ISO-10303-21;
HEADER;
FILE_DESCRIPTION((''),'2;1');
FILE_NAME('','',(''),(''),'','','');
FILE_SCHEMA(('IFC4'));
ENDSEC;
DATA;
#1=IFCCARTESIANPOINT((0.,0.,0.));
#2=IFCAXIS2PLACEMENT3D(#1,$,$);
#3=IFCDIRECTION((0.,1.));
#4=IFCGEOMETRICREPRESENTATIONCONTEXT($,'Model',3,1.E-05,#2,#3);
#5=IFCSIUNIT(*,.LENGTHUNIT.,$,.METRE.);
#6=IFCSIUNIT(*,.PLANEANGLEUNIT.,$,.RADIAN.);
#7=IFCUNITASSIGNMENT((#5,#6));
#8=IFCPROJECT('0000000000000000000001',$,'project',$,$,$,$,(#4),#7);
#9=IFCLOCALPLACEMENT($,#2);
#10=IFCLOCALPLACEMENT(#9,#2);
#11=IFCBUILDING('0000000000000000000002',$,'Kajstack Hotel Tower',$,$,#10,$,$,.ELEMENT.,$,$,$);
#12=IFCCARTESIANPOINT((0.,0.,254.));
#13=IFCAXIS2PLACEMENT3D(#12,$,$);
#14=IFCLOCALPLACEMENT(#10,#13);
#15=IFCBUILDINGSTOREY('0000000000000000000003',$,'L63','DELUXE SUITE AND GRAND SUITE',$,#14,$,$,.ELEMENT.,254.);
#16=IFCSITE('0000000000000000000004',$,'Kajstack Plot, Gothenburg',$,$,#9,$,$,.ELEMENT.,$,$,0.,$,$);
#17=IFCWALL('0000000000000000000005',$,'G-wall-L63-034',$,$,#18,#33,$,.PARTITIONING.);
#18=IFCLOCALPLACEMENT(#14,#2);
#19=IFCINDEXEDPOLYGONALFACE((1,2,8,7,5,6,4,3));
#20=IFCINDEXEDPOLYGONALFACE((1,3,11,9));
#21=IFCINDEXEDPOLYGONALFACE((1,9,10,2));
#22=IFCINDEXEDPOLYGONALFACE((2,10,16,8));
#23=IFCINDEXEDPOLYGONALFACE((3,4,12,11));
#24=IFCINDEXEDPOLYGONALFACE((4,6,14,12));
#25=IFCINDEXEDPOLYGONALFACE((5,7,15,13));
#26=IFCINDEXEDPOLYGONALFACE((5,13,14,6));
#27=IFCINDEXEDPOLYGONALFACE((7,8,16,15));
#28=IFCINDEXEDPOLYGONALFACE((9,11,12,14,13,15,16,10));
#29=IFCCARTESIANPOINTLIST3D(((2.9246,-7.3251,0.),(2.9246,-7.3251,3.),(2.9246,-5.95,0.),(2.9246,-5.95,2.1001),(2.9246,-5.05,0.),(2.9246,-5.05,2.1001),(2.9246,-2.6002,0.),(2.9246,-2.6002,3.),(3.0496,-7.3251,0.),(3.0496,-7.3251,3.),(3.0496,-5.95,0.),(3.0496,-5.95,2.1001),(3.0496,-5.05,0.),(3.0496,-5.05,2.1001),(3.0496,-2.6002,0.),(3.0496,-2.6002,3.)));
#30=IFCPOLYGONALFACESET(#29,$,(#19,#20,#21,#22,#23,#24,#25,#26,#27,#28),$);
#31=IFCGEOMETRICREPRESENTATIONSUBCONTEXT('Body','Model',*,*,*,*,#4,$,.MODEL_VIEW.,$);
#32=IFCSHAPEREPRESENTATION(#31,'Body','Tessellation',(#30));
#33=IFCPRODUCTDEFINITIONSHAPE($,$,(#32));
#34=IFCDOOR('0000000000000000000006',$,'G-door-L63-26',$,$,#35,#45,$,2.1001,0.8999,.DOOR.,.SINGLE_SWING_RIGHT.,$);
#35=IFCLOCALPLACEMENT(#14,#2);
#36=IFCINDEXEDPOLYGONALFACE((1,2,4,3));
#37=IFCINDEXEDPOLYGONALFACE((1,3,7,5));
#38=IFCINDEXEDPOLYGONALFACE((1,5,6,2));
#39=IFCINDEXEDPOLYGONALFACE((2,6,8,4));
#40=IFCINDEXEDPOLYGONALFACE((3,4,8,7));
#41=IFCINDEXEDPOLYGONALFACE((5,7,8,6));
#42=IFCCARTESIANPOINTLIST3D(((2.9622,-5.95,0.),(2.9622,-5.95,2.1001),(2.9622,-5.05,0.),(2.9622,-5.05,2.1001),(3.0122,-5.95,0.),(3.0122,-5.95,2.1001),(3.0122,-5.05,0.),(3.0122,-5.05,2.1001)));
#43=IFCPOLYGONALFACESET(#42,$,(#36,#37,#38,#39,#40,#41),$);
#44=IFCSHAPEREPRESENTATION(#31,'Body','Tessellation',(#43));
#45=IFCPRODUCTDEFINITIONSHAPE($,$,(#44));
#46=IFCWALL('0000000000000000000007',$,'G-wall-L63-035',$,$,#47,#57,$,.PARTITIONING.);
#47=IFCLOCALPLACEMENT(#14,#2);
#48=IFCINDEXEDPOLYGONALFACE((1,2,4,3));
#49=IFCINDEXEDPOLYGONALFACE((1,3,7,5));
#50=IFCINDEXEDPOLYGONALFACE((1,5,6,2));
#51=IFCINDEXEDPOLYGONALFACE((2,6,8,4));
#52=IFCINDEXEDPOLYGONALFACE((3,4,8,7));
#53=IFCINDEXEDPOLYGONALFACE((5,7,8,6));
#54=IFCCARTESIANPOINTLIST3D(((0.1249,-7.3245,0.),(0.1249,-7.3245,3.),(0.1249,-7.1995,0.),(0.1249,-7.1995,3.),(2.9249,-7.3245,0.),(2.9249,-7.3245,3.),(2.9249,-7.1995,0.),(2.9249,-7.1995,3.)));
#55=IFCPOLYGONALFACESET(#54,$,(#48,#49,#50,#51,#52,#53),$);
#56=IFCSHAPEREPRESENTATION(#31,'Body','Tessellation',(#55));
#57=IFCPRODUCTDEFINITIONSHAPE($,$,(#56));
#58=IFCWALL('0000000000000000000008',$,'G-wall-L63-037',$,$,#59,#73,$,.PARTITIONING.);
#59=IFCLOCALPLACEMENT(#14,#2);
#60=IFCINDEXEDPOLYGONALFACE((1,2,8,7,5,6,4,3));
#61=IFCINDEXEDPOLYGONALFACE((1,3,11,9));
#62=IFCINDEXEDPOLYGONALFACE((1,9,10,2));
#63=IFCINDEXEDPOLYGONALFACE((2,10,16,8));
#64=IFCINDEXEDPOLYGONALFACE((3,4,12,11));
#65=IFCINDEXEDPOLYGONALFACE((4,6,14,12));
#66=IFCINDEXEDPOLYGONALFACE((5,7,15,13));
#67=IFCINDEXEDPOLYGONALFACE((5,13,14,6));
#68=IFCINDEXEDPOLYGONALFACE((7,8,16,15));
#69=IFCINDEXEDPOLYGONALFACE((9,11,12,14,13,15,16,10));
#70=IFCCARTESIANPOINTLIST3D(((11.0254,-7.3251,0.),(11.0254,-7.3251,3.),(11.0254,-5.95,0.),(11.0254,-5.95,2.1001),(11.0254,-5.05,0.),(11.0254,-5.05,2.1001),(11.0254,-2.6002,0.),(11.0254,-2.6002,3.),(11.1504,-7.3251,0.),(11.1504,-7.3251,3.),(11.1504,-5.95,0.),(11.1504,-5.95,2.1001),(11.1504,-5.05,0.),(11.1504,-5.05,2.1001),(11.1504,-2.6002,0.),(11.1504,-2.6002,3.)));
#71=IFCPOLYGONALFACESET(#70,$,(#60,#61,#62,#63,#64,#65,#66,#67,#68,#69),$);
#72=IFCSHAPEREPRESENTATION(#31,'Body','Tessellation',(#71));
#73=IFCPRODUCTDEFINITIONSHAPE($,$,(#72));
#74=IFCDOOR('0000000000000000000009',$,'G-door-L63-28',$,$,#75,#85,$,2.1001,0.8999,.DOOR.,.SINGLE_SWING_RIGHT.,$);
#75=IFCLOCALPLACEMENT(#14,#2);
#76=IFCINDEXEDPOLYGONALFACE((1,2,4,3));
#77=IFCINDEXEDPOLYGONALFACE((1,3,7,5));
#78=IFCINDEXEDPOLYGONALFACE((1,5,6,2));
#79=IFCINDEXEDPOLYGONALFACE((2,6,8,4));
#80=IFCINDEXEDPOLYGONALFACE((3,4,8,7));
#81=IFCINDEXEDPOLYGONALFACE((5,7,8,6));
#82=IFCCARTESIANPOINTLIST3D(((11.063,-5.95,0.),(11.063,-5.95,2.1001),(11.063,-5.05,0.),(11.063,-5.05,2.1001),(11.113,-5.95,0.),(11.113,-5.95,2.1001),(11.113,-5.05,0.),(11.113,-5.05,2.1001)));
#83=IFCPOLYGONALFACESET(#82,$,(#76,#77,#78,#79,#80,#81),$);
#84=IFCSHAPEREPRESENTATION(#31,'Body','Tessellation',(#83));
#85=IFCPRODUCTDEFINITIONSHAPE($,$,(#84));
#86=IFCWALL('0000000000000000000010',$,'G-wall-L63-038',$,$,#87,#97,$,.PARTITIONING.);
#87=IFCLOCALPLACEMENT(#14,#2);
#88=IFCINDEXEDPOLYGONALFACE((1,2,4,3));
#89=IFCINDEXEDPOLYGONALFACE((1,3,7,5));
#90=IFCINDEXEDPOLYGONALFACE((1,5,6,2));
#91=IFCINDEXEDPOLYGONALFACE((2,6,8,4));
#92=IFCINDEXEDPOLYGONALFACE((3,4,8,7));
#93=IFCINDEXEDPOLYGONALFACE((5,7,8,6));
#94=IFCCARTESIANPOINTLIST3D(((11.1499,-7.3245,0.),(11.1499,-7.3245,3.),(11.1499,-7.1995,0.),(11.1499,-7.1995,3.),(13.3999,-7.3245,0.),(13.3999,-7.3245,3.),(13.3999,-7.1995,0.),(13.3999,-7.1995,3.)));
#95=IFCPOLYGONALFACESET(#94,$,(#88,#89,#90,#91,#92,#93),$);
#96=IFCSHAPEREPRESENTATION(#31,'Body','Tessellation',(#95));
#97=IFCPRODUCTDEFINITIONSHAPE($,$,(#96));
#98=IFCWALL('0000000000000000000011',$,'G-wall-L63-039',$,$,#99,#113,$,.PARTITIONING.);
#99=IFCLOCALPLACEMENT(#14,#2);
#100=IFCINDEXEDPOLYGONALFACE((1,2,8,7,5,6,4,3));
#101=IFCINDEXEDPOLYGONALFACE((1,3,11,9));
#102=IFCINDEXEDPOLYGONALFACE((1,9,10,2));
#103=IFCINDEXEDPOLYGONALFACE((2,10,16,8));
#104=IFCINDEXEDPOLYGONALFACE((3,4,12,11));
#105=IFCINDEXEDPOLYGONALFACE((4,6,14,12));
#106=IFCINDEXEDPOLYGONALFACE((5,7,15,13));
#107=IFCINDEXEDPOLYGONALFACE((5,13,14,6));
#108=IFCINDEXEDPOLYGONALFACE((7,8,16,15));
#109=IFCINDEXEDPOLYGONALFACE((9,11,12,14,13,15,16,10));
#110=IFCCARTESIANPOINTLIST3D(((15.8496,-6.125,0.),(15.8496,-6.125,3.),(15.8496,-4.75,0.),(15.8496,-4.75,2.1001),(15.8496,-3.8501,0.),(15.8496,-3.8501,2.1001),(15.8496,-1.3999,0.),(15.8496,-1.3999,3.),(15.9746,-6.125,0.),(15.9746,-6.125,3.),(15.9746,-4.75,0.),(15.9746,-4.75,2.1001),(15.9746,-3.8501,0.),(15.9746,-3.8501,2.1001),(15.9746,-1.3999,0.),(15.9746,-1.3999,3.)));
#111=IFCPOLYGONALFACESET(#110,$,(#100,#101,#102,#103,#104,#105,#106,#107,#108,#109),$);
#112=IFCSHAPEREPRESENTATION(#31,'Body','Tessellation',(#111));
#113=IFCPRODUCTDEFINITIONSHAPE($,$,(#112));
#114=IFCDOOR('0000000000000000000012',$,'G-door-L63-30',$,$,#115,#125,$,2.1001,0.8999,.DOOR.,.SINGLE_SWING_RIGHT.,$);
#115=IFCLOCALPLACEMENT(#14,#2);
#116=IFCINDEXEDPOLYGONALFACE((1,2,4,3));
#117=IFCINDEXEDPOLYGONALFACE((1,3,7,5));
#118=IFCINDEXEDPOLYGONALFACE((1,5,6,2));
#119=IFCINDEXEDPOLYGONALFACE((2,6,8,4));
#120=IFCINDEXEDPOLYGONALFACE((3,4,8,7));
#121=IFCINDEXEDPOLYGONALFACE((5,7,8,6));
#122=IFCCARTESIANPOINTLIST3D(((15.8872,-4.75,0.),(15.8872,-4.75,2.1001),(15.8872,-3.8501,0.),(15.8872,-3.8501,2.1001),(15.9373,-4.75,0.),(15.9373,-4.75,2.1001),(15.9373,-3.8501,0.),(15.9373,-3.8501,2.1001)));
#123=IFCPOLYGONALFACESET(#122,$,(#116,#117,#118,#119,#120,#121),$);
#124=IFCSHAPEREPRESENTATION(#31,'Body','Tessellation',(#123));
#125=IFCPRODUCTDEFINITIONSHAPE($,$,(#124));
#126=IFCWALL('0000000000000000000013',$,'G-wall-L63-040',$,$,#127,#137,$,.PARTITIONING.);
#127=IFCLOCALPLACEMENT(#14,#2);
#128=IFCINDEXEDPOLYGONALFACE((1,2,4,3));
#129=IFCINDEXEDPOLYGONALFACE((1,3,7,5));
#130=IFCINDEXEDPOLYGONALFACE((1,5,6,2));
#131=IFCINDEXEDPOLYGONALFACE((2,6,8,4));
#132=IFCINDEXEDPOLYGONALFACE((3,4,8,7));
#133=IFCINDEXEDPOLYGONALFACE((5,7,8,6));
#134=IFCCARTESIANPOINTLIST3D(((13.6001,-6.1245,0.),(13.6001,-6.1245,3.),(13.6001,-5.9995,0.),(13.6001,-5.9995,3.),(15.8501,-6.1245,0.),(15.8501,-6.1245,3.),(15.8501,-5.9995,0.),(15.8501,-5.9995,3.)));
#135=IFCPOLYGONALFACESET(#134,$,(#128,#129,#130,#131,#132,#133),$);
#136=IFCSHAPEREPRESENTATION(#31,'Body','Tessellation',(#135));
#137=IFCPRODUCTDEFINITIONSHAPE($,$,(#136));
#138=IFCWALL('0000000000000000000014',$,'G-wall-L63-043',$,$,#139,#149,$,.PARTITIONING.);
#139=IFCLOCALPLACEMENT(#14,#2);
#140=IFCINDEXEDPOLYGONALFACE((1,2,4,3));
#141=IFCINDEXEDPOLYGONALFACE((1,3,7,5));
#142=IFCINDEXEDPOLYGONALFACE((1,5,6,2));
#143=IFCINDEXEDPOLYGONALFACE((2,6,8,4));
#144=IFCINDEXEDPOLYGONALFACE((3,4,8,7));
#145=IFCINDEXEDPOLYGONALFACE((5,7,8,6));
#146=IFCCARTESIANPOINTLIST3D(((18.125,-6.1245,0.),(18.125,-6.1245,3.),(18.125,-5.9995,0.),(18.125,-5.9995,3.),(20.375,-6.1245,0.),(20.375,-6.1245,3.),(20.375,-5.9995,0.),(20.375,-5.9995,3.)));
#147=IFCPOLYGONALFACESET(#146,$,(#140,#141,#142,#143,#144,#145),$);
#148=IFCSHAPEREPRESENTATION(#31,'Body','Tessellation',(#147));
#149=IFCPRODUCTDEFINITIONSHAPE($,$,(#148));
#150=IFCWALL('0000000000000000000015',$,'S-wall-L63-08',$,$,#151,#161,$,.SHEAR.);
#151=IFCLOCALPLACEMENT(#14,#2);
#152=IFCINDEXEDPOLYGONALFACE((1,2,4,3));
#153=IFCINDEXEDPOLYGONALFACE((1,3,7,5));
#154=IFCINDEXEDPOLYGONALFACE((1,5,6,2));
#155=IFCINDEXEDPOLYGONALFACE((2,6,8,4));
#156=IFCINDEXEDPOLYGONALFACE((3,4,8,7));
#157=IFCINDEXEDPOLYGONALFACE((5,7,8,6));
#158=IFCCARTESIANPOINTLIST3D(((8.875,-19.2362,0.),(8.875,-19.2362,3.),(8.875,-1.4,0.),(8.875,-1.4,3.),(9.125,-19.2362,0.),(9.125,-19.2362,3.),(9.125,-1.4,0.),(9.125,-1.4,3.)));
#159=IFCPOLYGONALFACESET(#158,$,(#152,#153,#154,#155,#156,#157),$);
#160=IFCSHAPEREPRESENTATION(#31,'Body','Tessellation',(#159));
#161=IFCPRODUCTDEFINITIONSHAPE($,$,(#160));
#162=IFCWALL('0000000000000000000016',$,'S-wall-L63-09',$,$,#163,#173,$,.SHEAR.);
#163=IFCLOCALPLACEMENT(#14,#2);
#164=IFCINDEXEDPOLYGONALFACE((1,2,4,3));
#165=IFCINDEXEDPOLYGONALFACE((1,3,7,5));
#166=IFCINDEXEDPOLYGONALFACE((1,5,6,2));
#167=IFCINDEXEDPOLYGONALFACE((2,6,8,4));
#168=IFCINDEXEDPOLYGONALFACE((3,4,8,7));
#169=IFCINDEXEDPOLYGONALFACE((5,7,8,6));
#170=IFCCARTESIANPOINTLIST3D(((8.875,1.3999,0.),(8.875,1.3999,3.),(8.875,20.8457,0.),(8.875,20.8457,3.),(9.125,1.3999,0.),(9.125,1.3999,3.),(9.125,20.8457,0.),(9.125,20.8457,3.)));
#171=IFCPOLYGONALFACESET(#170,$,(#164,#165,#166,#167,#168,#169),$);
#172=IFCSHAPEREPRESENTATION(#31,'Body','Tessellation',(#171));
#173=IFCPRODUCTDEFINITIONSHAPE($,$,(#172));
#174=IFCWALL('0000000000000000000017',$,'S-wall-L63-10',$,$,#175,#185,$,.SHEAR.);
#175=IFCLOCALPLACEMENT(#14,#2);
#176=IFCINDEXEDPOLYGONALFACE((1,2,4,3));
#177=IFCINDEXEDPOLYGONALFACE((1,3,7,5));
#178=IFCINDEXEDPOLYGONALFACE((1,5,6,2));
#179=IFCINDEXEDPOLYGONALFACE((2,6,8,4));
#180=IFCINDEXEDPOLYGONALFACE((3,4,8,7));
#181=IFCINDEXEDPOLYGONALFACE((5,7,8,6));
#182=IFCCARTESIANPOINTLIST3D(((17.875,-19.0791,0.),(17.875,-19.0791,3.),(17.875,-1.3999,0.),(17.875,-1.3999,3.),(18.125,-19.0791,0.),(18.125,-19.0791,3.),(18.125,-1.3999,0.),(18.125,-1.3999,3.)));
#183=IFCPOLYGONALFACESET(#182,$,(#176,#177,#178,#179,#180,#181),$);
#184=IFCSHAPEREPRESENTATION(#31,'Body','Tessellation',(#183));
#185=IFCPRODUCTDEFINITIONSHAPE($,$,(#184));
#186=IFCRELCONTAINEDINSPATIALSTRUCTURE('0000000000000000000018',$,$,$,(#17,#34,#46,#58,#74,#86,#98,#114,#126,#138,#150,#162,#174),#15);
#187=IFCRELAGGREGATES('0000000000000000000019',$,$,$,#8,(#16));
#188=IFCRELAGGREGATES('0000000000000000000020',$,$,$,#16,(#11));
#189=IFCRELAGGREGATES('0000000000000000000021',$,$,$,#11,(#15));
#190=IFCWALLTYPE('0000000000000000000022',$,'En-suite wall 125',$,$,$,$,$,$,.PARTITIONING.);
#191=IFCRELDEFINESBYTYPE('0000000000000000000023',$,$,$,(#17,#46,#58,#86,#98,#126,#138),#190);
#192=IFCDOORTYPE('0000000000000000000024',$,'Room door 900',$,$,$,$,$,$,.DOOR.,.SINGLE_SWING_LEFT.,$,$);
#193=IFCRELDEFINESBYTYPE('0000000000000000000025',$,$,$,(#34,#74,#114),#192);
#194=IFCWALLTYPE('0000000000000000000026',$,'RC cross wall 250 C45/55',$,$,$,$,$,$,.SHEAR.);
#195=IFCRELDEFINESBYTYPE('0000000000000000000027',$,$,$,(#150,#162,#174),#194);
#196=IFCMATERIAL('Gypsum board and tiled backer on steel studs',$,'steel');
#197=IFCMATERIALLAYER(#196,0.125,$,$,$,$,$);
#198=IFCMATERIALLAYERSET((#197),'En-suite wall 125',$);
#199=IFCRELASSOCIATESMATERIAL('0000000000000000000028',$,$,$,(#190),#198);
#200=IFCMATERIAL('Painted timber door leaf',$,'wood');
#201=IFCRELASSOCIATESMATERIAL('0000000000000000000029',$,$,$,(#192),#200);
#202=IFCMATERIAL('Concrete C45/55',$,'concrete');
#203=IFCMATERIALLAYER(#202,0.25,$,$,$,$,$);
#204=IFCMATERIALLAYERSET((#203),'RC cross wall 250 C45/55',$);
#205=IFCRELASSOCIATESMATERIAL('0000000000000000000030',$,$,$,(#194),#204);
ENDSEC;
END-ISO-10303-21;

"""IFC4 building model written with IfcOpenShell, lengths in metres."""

from ifc_helpers import new_model, si_unit, direction, frame, frame_2d, origin, place, context, subcontext, project, spatial, rectangle, extrude, material, layer, layer_set, type_object, element, fill, save


model = new_model("IFC4")

# Units and contexts
model_context = context("Model", 3, precision=1e-05, world=origin(), true_north=direction((0.0, 1.0)))
body_context = subcontext(model_context, "Body", "Model", "MODEL_VIEW")
ifc_project = project(units=[si_unit("LENGTHUNIT", "METRE"), si_unit("PLANEANGLEUNIT", "RADIAN")], contexts=[model_context])

# Site, building, storey
site_placement = place(None, origin())
site = spatial("IfcSite", under=ifc_project, at=site_placement, Name="Kajstack Plot, Gothenburg", CompositionType="ELEMENT", RefElevation=0.0)
building_placement = place(site_placement, origin())
building = spatial("IfcBuilding", under=site, at=building_placement, Name="Kajstack Hotel Tower", CompositionType="ELEMENT")
storey_placement = place(building_placement, frame((0.0, 0.0, 254.0)))
storey = spatial("IfcBuildingStorey", under=building, at=storey_placement, Name="L63", Description="DELUXE SUITE AND GRAND SUITE", CompositionType="ELEMENT", Elevation=254.0)

# Wall, opening, door
ifc_material_1 = material(Name="Gypsum board and tiled backer on steel studs", Category="steel")
ifc_layer_1 = layer(ifc_material_1, 0.125)
ifc_layer_set_1 = layer_set([ifc_layer_1], Name="En-suite wall 125")
wall_type_1 = type_object("IfcWallType", Name="En-suite wall 125", PredefinedType="PARTITIONING", material=ifc_layer_set_1)
wall_1_placement = place(storey_placement, frame((2.9871, -7.325, 0.0), z_axis=(0.0, 0.0, 1.0), x_axis=(0.0, 1.0, 0.0)))
wall_1 = element("IfcWall", 1, at=wall_1_placement, inside=storey, type_object=wall_type_1, Name="G-wall-L63-034", PredefinedType="PARTITIONING", context=body_context, shape_type="SweptSolid", body=[
    extrude(rectangle(XDim=4.7249, YDim=0.125, at=frame_2d((2.3623, 0.0))), origin(), (0.0, 0.0, 1.0), 3.0),
])
opening_1_placement = place(wall_1_placement, frame((1.375, 0.0, 0.0)))
opening_1 = element("IfcOpeningElement", 2, at=opening_1_placement, cuts=wall_1, PredefinedType="OPENING", context=body_context, shape_type="SweptSolid", body=[
    extrude(rectangle(XDim=0.8999, YDim=2.1001, at=frame_2d((0.45, 1.05))), frame((0.0, 0.0725, 0.0), z_axis=(0.0, -1.0, 0.0), x_axis=(1.0, 0.0, 0.0)), (0.0, 0.0, 1.0), 0.145),
])
ifc_material_2 = material(Name="Painted timber door leaf", Category="wood")
door_type_1 = type_object("IfcDoorType", Name="Room door 900", OperationType="SINGLE_SWING_LEFT", PredefinedType="DOOR", material=ifc_material_2)
door_1_placement = place(opening_1_placement, origin())
door_1 = element("IfcDoor", 3, at=door_1_placement, inside=storey, type_object=door_type_1, Name="G-door-L63-26", OperationType="SINGLE_SWING_RIGHT", OverallHeight=2.1001, OverallWidth=0.8999, PredefinedType="DOOR", context=body_context, shape_type="SweptSolid", body=[
    extrude(rectangle(XDim=0.8999, YDim=2.1001, at=frame_2d((0.45, 1.05))), frame((0.0, 0.0249, 0.0), z_axis=(0.0, -1.0, 0.0), x_axis=(1.0, 0.0, 0.0)), (0.0, 0.0, 1.0), 0.05),
])
fill(opening_1, door_1)

# Wall
wall_2_placement = place(storey_placement, frame((0.125, -7.262, 0.0), z_axis=(0.0, 0.0, 1.0), x_axis=(1.0, 0.0, 0.0)))
element("IfcWall", 4, at=wall_2_placement, inside=storey, type_object=wall_type_1, Name="G-wall-L63-035", PredefinedType="PARTITIONING", context=body_context, shape_type="SweptSolid", body=[
    extrude(rectangle(XDim=2.8, YDim=0.125, at=frame_2d((1.3999, 0.0))), origin(), (0.0, 0.0, 1.0), 3.0),
])

# Wall, opening, door
wall_3_placement = place(storey_placement, frame((11.0879, -7.325, 0.0), z_axis=(0.0, 0.0, 1.0), x_axis=(0.0, 1.0, 0.0)))
wall_3 = element("IfcWall", 5, at=wall_3_placement, inside=storey, type_object=wall_type_1, Name="G-wall-L63-037", PredefinedType="PARTITIONING", context=body_context, shape_type="SweptSolid", body=[
    extrude(rectangle(XDim=4.7249, YDim=0.125, at=frame_2d((2.3623, 0.0))), origin(), (0.0, 0.0, 1.0), 3.0),
])
opening_2_placement = place(wall_3_placement, frame((1.375, 0.0, 0.0)))
opening_2 = element("IfcOpeningElement", 6, at=opening_2_placement, cuts=wall_3, PredefinedType="OPENING", context=body_context, shape_type="SweptSolid", body=[
    extrude(rectangle(XDim=0.8999, YDim=2.1001, at=frame_2d((0.45, 1.05))), frame((0.0, 0.0725, 0.0), z_axis=(0.0, -1.0, 0.0), x_axis=(1.0, 0.0, 0.0)), (0.0, 0.0, 1.0), 0.145),
])
door_2_placement = place(opening_2_placement, origin())
door_2 = element("IfcDoor", 7, at=door_2_placement, inside=storey, type_object=door_type_1, Name="G-door-L63-28", OperationType="SINGLE_SWING_RIGHT", OverallHeight=2.1001, OverallWidth=0.8999, PredefinedType="DOOR", context=body_context, shape_type="SweptSolid", body=[
    extrude(rectangle(XDim=0.8999, YDim=2.1001, at=frame_2d((0.45, 1.05))), frame((0.0, 0.0249, 0.0), z_axis=(0.0, -1.0, 0.0), x_axis=(1.0, 0.0, 0.0)), (0.0, 0.0, 1.0), 0.05),
])
fill(opening_2, door_2)

# Wall
wall_4_placement = place(storey_placement, frame((11.1499, -7.262, 0.0), z_axis=(0.0, 0.0, 1.0), x_axis=(1.0, 0.0, 0.0)))
element("IfcWall", 8, at=wall_4_placement, inside=storey, type_object=wall_type_1, Name="G-wall-L63-038", PredefinedType="PARTITIONING", context=body_context, shape_type="SweptSolid", body=[
    extrude(rectangle(XDim=2.25, YDim=0.125, at=frame_2d((1.125, 0.0))), origin(), (0.0, 0.0, 1.0), 3.0),
])

# Wall, opening, door
wall_5_placement = place(storey_placement, frame((15.9121, -6.125, 0.0), z_axis=(0.0, 0.0, 1.0), x_axis=(0.0, 1.0, 0.0)))
wall_5 = element("IfcWall", 9, at=wall_5_placement, inside=storey, type_object=wall_type_1, Name="G-wall-L63-039", PredefinedType="PARTITIONING", context=body_context, shape_type="SweptSolid", body=[
    extrude(rectangle(XDim=4.7251, YDim=0.125, at=frame_2d((2.3625, 0.0))), origin(), (0.0, 0.0, 1.0), 3.0),
])
opening_3_placement = place(wall_5_placement, frame((1.375, 0.0, 0.0)))
opening_3 = element("IfcOpeningElement", 10, at=opening_3_placement, cuts=wall_5, PredefinedType="OPENING", context=body_context, shape_type="SweptSolid", body=[
    extrude(rectangle(XDim=0.8999, YDim=2.1001, at=frame_2d((0.45, 1.05))), frame((0.0, 0.0725, 0.0), z_axis=(0.0, -1.0, 0.0), x_axis=(1.0, 0.0, 0.0)), (0.0, 0.0, 1.0), 0.145),
])
door_3_placement = place(opening_3_placement, origin())
door_3 = element("IfcDoor", 11, at=door_3_placement, inside=storey, type_object=door_type_1, Name="G-door-L63-30", OperationType="SINGLE_SWING_RIGHT", OverallHeight=2.1001, OverallWidth=0.8999, PredefinedType="DOOR", context=body_context, shape_type="SweptSolid", body=[
    extrude(rectangle(XDim=0.8999, YDim=2.1001, at=frame_2d((0.45, 1.05))), frame((0.0, 0.0249, 0.0), z_axis=(0.0, -1.0, 0.0), x_axis=(1.0, 0.0, 0.0)), (0.0, 0.0, 1.0), 0.05),
])
fill(opening_3, door_3)

# Walls
for number, where, z_axis, x_axis, name in (
    (12, (13.6001, -6.062, 0.0), (0.0, 0.0, 1.0), (1.0, 0.0, 0.0), "G-wall-L63-040"),
    (13, (18.125, -6.062, 0.0), (0.0, 0.0, 1.0), (1.0, 0.0, 0.0), "G-wall-L63-043"),
):
    element("IfcWall", number, at=place(storey_placement, frame(where, z_axis=z_axis, x_axis=x_axis)), inside=storey, type_object=wall_type_1, Name=name, PredefinedType="PARTITIONING", context=body_context, shape_type="SweptSolid", body=[
        extrude(rectangle(XDim=2.25, YDim=0.125, at=frame_2d((1.125, 0.0))), origin(), (0.0, 0.0, 1.0), 3.0),
    ])
ifc_material_3 = material(Name="Concrete C45/55", Category="concrete")
ifc_layer_2 = layer(ifc_material_3, 0.25)
ifc_layer_set_2 = layer_set([ifc_layer_2], Name="RC cross wall 250 C45/55")
wall_type_2 = type_object("IfcWallType", Name="RC cross wall 250 C45/55", PredefinedType="SHEAR", material=ifc_layer_set_2)
wall_6_placement = place(storey_placement, frame((9.0, -19.2361, 0.0), z_axis=(0.0, 0.0, 1.0), x_axis=(0.0, 1.0, 0.0)))
element("IfcWall", 14, at=wall_6_placement, inside=storey, type_object=wall_type_2, Name="S-wall-L63-08", PredefinedType="SHEAR", context=body_context, shape_type="SweptSolid", body=[
    extrude(rectangle(XDim=17.8362, YDim=0.25, at=frame_2d((8.918, 0.0))), origin(), (0.0, 0.0, 1.0), 3.0),
])
wall_7_placement = place(storey_placement, frame((9.0, 1.3999, 0.0), z_axis=(0.0, 0.0, 1.0), x_axis=(0.0, 1.0, 0.0)))
element("IfcWall", 15, at=wall_7_placement, inside=storey, type_object=wall_type_2, Name="S-wall-L63-09", PredefinedType="SHEAR", context=body_context, shape_type="SweptSolid", body=[
    extrude(rectangle(XDim=19.4458, YDim=0.25, at=frame_2d((9.7229, 0.0))), origin(), (0.0, 0.0, 1.0), 3.0),
])
wall_8_placement = place(storey_placement, frame((18.0, -19.0791, 0.0), z_axis=(0.0, 0.0, 1.0), x_axis=(0.0, 1.0, 0.0)))
element("IfcWall", 16, at=wall_8_placement, inside=storey, type_object=wall_type_2, Name="S-wall-L63-10", PredefinedType="SHEAR", context=body_context, shape_type="SweptSolid", body=[
    extrude(rectangle(XDim=17.6792, YDim=0.25, at=frame_2d((8.8396, 0.0))), origin(), (0.0, 0.0, 1.0), 3.0),
])

save(model, "model.ifc")
